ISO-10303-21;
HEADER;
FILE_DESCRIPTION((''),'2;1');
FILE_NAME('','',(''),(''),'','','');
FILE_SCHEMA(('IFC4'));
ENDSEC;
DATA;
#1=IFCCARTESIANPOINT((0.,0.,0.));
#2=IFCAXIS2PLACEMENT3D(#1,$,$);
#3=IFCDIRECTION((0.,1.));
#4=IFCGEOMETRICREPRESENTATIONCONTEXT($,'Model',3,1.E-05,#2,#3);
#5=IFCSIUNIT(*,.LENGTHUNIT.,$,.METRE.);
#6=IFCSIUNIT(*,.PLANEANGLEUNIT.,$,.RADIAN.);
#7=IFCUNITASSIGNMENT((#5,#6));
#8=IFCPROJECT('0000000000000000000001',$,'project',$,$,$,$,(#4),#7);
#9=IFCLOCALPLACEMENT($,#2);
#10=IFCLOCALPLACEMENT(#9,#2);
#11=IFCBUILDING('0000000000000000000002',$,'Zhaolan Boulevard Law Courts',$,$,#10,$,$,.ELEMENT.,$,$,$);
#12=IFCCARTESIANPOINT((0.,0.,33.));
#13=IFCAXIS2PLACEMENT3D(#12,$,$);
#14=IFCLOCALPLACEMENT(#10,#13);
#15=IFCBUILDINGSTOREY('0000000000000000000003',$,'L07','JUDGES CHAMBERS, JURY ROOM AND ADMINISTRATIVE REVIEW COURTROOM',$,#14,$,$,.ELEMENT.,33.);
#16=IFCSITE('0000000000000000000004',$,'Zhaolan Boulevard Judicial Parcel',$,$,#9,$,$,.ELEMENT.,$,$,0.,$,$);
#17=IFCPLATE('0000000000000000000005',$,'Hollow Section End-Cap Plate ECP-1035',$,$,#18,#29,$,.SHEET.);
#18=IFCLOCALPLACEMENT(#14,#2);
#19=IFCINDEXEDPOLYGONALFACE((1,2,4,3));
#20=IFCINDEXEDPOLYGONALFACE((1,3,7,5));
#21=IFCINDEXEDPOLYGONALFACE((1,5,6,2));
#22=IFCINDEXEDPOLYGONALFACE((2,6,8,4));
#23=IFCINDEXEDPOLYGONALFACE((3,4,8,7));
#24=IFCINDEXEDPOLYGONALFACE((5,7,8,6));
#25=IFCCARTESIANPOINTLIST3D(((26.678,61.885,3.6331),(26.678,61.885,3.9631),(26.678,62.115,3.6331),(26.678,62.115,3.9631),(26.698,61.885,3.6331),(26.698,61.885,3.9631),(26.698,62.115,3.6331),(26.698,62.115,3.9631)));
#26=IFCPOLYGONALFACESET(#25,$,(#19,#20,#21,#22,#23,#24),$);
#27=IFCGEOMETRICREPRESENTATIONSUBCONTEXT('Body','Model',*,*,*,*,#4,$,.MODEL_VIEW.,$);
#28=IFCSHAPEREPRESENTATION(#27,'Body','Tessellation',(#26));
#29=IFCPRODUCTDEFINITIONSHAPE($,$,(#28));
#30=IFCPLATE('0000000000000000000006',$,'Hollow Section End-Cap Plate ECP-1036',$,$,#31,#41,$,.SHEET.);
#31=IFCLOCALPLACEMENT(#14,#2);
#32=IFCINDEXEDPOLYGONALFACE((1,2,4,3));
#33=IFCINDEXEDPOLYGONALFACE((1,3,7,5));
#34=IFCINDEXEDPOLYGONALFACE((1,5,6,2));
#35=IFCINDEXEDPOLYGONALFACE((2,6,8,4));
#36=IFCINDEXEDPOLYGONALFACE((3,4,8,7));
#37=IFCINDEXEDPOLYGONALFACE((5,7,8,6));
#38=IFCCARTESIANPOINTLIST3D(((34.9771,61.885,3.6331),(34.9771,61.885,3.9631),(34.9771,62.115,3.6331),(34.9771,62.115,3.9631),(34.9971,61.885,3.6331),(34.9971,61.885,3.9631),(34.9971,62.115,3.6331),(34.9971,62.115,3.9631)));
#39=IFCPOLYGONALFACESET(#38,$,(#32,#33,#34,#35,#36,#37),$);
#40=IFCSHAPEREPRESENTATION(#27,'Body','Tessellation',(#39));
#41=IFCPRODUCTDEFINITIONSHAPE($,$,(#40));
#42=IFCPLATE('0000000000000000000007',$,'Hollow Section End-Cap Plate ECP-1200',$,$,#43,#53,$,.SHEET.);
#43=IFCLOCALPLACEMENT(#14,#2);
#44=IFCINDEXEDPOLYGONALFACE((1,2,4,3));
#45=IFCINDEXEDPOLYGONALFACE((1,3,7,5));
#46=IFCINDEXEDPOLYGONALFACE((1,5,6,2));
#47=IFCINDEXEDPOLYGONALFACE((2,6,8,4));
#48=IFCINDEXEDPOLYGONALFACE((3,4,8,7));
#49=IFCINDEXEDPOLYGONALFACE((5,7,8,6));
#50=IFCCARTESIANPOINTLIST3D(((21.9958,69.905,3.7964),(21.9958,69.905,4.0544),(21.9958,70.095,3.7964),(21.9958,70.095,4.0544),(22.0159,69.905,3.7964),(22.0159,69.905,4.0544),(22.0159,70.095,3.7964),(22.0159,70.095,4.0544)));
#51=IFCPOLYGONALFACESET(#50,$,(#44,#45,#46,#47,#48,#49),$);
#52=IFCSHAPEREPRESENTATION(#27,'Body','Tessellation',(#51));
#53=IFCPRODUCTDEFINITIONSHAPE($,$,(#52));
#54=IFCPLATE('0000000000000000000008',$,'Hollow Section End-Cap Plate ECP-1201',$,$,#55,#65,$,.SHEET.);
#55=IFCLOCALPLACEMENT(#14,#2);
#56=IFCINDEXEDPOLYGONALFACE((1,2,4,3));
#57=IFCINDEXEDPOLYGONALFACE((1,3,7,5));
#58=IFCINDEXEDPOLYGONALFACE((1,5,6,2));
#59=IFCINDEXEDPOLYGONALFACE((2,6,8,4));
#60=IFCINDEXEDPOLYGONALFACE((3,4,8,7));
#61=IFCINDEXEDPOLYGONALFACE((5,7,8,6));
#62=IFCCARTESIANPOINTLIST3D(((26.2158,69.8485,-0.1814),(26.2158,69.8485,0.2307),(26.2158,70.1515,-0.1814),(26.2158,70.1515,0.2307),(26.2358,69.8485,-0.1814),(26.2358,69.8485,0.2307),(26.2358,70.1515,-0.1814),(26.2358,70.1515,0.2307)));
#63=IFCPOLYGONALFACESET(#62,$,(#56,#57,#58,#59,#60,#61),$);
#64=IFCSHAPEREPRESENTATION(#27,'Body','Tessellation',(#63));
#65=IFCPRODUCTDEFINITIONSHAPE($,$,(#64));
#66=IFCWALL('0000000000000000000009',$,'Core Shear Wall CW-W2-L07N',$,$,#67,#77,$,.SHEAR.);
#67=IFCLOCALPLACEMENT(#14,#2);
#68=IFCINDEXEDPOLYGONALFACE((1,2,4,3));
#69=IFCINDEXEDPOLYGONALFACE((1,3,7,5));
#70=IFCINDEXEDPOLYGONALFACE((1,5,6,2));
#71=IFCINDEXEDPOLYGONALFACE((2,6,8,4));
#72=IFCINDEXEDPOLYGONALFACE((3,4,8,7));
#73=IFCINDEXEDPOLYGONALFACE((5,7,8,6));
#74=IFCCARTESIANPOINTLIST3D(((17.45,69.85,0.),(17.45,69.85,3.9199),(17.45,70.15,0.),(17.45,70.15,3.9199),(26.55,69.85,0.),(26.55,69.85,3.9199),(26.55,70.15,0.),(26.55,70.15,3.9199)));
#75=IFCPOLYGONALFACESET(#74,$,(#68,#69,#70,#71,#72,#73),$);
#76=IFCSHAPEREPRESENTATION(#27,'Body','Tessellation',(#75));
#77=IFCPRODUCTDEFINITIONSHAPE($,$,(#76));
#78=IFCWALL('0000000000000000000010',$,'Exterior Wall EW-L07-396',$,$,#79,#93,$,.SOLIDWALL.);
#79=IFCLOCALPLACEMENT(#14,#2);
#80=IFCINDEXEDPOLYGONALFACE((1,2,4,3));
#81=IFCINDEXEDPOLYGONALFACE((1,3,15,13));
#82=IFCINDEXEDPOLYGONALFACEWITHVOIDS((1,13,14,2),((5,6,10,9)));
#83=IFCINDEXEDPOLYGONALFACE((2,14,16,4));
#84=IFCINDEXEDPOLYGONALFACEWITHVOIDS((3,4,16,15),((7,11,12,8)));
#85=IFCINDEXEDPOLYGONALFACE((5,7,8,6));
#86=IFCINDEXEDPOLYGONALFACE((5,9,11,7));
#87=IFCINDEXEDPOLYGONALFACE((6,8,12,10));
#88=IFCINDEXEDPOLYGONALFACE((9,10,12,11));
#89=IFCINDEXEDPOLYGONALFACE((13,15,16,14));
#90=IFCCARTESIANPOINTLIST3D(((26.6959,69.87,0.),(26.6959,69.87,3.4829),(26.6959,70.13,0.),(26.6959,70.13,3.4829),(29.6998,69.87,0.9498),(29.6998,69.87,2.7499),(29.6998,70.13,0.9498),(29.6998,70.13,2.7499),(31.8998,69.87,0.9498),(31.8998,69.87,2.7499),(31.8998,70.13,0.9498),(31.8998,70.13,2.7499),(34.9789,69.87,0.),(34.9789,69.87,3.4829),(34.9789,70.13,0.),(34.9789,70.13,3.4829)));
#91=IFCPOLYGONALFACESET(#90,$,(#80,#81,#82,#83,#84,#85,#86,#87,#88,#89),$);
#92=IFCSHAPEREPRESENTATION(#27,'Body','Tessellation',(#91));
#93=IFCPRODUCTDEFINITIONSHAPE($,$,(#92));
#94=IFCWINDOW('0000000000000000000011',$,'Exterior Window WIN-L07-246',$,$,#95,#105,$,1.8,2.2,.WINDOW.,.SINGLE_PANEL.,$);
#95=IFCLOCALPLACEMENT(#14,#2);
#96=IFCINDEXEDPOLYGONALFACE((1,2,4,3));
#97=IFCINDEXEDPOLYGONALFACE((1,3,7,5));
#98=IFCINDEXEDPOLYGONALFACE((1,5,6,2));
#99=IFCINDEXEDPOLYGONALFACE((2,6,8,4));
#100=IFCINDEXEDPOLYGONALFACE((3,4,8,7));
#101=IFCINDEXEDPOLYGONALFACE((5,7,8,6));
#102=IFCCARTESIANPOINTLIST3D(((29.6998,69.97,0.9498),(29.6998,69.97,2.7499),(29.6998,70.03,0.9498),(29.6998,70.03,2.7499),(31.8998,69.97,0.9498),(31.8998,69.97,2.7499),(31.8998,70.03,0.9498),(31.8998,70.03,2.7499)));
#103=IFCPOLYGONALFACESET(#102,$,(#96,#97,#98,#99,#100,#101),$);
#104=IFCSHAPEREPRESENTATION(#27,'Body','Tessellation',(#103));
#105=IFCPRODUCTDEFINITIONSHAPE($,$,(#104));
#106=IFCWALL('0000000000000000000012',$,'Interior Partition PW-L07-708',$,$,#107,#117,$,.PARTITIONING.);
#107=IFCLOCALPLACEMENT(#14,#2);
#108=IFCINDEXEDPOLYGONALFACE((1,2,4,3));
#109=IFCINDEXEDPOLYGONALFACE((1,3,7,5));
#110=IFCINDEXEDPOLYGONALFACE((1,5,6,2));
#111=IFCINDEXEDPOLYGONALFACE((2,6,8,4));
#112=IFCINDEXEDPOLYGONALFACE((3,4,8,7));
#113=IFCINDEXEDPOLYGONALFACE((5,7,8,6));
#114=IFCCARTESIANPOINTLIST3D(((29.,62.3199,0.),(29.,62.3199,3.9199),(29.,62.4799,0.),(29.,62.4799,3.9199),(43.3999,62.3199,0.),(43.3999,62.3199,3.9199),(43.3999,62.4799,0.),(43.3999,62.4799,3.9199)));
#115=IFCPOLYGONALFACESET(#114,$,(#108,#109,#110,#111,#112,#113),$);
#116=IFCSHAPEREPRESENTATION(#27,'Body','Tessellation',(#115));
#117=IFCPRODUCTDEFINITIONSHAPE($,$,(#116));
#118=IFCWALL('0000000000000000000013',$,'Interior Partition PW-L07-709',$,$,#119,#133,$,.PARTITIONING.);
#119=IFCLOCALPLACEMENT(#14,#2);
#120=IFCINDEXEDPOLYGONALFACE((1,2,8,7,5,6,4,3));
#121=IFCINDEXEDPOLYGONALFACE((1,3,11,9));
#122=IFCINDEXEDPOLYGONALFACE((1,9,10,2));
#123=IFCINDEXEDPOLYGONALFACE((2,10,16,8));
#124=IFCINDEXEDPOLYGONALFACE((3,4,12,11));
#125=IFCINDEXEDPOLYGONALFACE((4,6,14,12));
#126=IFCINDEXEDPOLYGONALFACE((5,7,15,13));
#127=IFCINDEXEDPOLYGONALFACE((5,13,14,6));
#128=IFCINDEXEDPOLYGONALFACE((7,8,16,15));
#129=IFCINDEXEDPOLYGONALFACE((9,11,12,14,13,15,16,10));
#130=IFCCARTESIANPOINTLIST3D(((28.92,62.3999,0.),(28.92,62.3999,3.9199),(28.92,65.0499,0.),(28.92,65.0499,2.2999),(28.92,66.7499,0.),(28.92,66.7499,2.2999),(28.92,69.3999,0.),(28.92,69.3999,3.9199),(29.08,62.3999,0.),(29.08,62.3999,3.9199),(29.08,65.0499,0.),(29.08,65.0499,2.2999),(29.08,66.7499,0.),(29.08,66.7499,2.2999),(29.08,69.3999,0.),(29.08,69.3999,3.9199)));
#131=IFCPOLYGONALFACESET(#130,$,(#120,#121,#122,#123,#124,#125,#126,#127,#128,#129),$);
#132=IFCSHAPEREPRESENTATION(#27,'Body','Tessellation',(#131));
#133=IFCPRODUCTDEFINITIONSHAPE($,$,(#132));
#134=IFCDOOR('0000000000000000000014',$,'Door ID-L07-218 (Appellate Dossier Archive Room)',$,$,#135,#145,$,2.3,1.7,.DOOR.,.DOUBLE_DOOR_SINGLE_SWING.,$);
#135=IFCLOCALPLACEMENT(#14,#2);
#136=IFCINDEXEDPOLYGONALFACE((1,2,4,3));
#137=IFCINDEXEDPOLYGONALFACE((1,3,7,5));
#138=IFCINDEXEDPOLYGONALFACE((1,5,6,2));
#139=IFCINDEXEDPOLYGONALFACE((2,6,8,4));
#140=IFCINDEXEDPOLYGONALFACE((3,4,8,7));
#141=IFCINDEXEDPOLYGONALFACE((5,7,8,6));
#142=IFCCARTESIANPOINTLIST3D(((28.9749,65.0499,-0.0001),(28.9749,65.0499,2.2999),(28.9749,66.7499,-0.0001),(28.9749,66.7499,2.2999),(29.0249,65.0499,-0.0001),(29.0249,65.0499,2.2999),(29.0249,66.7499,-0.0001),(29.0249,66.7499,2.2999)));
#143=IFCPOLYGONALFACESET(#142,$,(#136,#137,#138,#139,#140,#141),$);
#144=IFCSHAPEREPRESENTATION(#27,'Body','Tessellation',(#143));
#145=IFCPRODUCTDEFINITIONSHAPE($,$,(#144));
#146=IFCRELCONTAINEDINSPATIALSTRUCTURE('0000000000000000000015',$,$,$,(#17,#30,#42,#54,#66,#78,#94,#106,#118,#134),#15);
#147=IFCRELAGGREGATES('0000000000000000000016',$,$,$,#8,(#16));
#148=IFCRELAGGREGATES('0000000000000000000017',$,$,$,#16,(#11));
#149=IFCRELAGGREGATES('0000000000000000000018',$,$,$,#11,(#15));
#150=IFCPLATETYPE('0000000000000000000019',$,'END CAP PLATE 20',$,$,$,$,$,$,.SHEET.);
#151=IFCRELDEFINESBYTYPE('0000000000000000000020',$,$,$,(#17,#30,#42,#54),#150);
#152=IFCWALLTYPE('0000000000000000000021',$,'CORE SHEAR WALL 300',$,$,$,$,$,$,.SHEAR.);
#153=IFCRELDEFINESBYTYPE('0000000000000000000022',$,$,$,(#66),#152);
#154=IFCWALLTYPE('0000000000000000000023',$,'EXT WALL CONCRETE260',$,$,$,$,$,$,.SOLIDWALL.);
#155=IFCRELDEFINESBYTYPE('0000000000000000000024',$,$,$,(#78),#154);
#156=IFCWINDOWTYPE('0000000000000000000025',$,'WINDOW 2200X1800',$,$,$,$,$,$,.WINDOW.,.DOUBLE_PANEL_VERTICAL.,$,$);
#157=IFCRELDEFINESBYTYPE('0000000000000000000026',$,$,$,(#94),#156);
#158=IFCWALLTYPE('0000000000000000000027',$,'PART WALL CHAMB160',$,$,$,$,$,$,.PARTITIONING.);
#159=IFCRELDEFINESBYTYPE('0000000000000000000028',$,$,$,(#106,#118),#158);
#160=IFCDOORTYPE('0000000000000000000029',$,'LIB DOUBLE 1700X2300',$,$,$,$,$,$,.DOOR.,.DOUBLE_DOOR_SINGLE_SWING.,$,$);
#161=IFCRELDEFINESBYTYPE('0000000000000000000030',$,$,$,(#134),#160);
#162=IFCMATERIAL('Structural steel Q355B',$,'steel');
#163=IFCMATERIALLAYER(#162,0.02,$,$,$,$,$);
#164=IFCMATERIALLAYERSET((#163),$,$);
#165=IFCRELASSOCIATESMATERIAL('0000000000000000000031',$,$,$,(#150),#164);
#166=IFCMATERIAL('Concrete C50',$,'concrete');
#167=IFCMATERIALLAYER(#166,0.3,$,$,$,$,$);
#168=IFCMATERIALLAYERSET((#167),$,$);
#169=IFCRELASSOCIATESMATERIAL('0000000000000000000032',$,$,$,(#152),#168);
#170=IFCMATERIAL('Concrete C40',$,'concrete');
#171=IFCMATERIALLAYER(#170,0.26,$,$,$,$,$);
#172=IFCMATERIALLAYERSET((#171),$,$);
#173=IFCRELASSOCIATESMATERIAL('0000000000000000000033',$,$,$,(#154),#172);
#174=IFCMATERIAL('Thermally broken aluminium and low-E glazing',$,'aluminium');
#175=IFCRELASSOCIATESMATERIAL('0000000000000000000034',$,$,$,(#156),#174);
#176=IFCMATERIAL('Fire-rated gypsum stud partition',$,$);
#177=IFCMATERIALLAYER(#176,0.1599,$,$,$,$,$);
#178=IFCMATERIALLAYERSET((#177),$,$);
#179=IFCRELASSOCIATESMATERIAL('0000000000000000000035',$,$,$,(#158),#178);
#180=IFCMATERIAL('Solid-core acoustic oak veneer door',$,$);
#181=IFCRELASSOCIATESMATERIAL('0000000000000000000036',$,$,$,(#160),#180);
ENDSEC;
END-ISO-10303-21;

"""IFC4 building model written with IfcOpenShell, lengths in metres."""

from ifc_helpers import new_model, si_unit, direction, frame, frame_2d, origin, origin_2d, place, context, subcontext, project, spatial, rectangle, extrude, material, layer, layer_set, type_object, element, fill, save


model = new_model("IFC4")

# Units and contexts
model_context = context("Model", 3, precision=1e-05, world=origin(), true_north=direction((0.0, 1.0)))
body_context = subcontext(model_context, "Body", "Model", "MODEL_VIEW")
ifc_project = project(units=[si_unit("LENGTHUNIT", "METRE"), si_unit("PLANEANGLEUNIT", "RADIAN")], contexts=[model_context])

# Site, building, storey
site_placement = place(None, origin())
site = spatial("IfcSite", under=ifc_project, at=site_placement, Name="Zhaolan Boulevard Judicial Parcel", CompositionType="ELEMENT", RefElevation=0.0)
building_placement = place(site_placement, origin())
building = spatial("IfcBuilding", under=site, at=building_placement, Name="Zhaolan Boulevard Law Courts", CompositionType="ELEMENT")
storey_placement = place(building_placement, frame((0.0, 0.0, 33.0)))
storey = spatial("IfcBuildingStorey", under=building, at=storey_placement, Name="L07", Description="JUDGES CHAMBERS, JURY ROOM AND ADMINISTRATIVE REVIEW COURTROOM", CompositionType="ELEMENT", Elevation=33.0)

# Plates
ifc_material_1 = material(Name="Structural steel Q355B", Category="steel")
ifc_layer_1 = layer(ifc_material_1, 0.02)
ifc_layer_set_1 = layer_set([ifc_layer_1])
plate_type_1 = type_object("IfcPlateType", Name="END CAP PLATE 20", PredefinedType="SHEET", material=ifc_layer_set_1)
for number, where, z_axis, x_axis, name in (
    (1, (26.688, 62.0, 3.6331), (0.0, 0.0, 1.0), (1.0, 0.0, 0.0), "Hollow Section End-Cap Plate ECP-1035"),
    (2, (34.9871, 62.0, 3.6331), (0.0, 0.0, 1.0), (1.0, 0.0, 0.0), "Hollow Section End-Cap Plate ECP-1036"),
):
    element("IfcPlate", number, at=place(storey_placement, frame(where, z_axis=z_axis, x_axis=x_axis)), inside=storey, type_object=plate_type_1, Name=name, PredefinedType="SHEET", context=body_context, shape_type="SweptSolid", body=[
        extrude(rectangle(XDim=0.02, YDim=0.23, at=origin_2d()), origin(), (0.0, 0.0, 1.0), 0.3301),
    ])
plate_1_placement = place(storey_placement, frame((22.0059, 70.0, 3.7964), z_axis=(0.0, 0.0, 1.0), x_axis=(1.0, 0.0, 0.0)))
element("IfcPlate", 3, at=plate_1_placement, inside=storey, type_object=plate_type_1, Name="Hollow Section End-Cap Plate ECP-1200", PredefinedType="SHEET", context=body_context, shape_type="SweptSolid", body=[
    extrude(rectangle(XDim=0.02, YDim=0.1899, at=origin_2d()), origin(), (0.0, 0.0, 1.0), 0.2581),
])
plate_2_placement = place(storey_placement, frame((26.2258, 70.0, -0.1814), z_axis=(0.0, 0.0, 1.0), x_axis=(-1.0, 0.0, 0.0)))
element("IfcPlate", 4, at=plate_2_placement, inside=storey, type_object=plate_type_1, Name="Hollow Section End-Cap Plate ECP-1201", PredefinedType="SHEET", context=body_context, shape_type="SweptSolid", body=[
    extrude(rectangle(XDim=0.02, YDim=0.303, at=origin_2d()), origin(), (0.0, 0.0, 1.0), 0.4121),
])

# Wall
ifc_material_2 = material(Name="Concrete C50", Category="concrete")
ifc_layer_2 = layer(ifc_material_2, 0.3)
ifc_layer_set_2 = layer_set([ifc_layer_2])
wall_type_1 = type_object("IfcWallType", Name="CORE SHEAR WALL 300", PredefinedType="SHEAR", material=ifc_layer_set_2)
wall_1_placement = place(storey_placement, frame((26.55, 70.0, 0.0), z_axis=(0.0, 0.0, 1.0), x_axis=(-1.0, 0.0, 0.0)))
element("IfcWall", 5, at=wall_1_placement, inside=storey, type_object=wall_type_1, Name="Core Shear Wall CW-W2-L07N", PredefinedType="SHEAR", context=body_context, shape_type="SweptSolid", body=[
    extrude(rectangle(XDim=9.1001, YDim=0.3, at=frame_2d((4.55, 0.0))), origin(), (0.0, 0.0, 1.0), 3.9199),
])

# Wall, opening, window
ifc_material_3 = material(Name="Concrete C40", Category="concrete")
ifc_layer_3 = layer(ifc_material_3, 0.26)
ifc_layer_set_3 = layer_set([ifc_layer_3])
wall_type_2 = type_object("IfcWallType", Name="EXT WALL CONCRETE260", PredefinedType="SOLIDWALL", material=ifc_layer_set_3)
wall_2_placement = place(storey_placement, frame((34.979, 70.0, 0.0), z_axis=(0.0, 0.0, 1.0), x_axis=(-1.0, 0.0, 0.0)))
wall_2 = element("IfcWall", 6, at=wall_2_placement, inside=storey, type_object=wall_type_2, Name="Exterior Wall EW-L07-396", PredefinedType="SOLIDWALL", context=body_context, shape_type="SweptSolid", body=[
    extrude(rectangle(XDim=8.283, YDim=0.26, at=frame_2d((4.1416, 0.0))), origin(), (0.0, 0.0, 1.0), 3.4829),
])
opening_1_placement = place(wall_2_placement, frame((3.0791, 0.0, 0.95)))
opening_1 = element("IfcOpeningElement", 7, at=opening_1_placement, cuts=wall_2, PredefinedType="OPENING", context=body_context, shape_type="SweptSolid", body=[
    extrude(rectangle(XDim=2.2, YDim=1.8, at=frame_2d((1.1001, 0.8999))), frame((0.0, 0.1399, 0.0), z_axis=(0.0, -1.0, 0.0), x_axis=(1.0, 0.0, 0.0)), (0.0, 0.0, 1.0), 0.28),
])
ifc_material_4 = material(Name="Thermally broken aluminium and low-E glazing", Category="aluminium")
window_type = type_object("IfcWindowType", Name="WINDOW 2200X1800", PartitioningType="DOUBLE_PANEL_VERTICAL", PredefinedType="WINDOW", material=ifc_material_4)
window_placement = place(opening_1_placement, origin())
window = element("IfcWindow", 8, at=window_placement, inside=storey, type_object=window_type, Name="Exterior Window WIN-L07-246", OverallHeight=1.8, OverallWidth=2.2, PartitioningType="SINGLE_PANEL", PredefinedType="WINDOW", context=body_context, shape_type="SweptSolid", body=[
    extrude(rectangle(XDim=2.2, YDim=1.8, at=frame_2d((1.1001, 0.8999))), frame((0.0, 0.03, 0.0), z_axis=(0.0, -1.0, 0.0), x_axis=(1.0, 0.0, 0.0)), (0.0, 0.0, 1.0), 0.0601),
])
fill(opening_1, window)

# Wall
ifc_material_5 = material(Name="Fire-rated gypsum stud partition")
ifc_layer_4 = layer(ifc_material_5, 0.1599)
ifc_layer_set_4 = layer_set([ifc_layer_4])
wall_type_3 = type_object("IfcWallType", Name="PART WALL CHAMB160", PredefinedType="PARTITIONING", material=ifc_layer_set_4)
wall_3_placement = place(storey_placement, frame((29.0, 62.3999, 0.0), z_axis=(0.0, 0.0, 1.0), x_axis=(1.0, 0.0, 0.0)))
element("IfcWall", 9, at=wall_3_placement, inside=storey, type_object=wall_type_3, Name="Interior Partition PW-L07-708", PredefinedType="PARTITIONING", context=body_context, shape_type="SweptSolid", body=[
    extrude(rectangle(XDim=14.3999, YDim=0.1599, at=frame_2d((7.2, 0.0))), origin(), (0.0, 0.0, 1.0), 3.9199),
])

# Wall, opening, door
wall_4_placement = place(storey_placement, frame((29.0, 69.3999, 0.0), z_axis=(0.0, 0.0, 1.0), x_axis=(0.0, -1.0, 0.0)))
wall_4 = element("IfcWall", 10, at=wall_4_placement, inside=storey, type_object=wall_type_3, Name="Interior Partition PW-L07-709", PredefinedType="PARTITIONING", context=body_context, shape_type="SweptSolid", body=[
    extrude(rectangle(XDim=7.0, YDim=0.1599, at=frame_2d((3.5, 0.0))), origin(), (0.0, 0.0, 1.0), 3.9199),
])
opening_2_placement = place(wall_4_placement, frame((2.6499, 0.0, 0.0)))
opening_2 = element("IfcOpeningElement", 11, at=opening_2_placement, cuts=wall_4, PredefinedType="OPENING", context=body_context, shape_type="SweptSolid", body=[
    extrude(rectangle(XDim=1.7, YDim=2.3, at=frame_2d((0.8501, 1.1499))), frame((0.0, 0.0898, 0.0), z_axis=(0.0, -1.0, 0.0), x_axis=(1.0, 0.0, 0.0)), (0.0, 0.0, 1.0), 0.1799),
])
ifc_material_6 = material(Name="Solid-core acoustic oak veneer door")
door_type_1 = type_object("IfcDoorType", Name="LIB DOUBLE 1700X2300", OperationType="DOUBLE_DOOR_SINGLE_SWING", PredefinedType="DOOR", material=ifc_material_6)
door_1_placement = place(opening_2_placement, origin())
door_1 = element("IfcDoor", 12, at=door_1_placement, inside=storey, type_object=door_type_1, Name="Door ID-L07-218 (Appellate Dossier Archive Room)", OperationType="DOUBLE_DOOR_SINGLE_SWING", OverallHeight=2.3, OverallWidth=1.7, PredefinedType="DOOR", context=body_context, shape_type="SweptSolid", body=[
    extrude(rectangle(XDim=1.7, YDim=2.3, at=frame_2d((0.8501, 1.1499))), frame((0.0, 0.0249, 0.0), z_axis=(0.0, -1.0, 0.0), x_axis=(1.0, 0.0, 0.0)), (0.0, 0.0, 1.0), 0.05),
])
fill(opening_2, door_1)

save(model, "model.ifc")
